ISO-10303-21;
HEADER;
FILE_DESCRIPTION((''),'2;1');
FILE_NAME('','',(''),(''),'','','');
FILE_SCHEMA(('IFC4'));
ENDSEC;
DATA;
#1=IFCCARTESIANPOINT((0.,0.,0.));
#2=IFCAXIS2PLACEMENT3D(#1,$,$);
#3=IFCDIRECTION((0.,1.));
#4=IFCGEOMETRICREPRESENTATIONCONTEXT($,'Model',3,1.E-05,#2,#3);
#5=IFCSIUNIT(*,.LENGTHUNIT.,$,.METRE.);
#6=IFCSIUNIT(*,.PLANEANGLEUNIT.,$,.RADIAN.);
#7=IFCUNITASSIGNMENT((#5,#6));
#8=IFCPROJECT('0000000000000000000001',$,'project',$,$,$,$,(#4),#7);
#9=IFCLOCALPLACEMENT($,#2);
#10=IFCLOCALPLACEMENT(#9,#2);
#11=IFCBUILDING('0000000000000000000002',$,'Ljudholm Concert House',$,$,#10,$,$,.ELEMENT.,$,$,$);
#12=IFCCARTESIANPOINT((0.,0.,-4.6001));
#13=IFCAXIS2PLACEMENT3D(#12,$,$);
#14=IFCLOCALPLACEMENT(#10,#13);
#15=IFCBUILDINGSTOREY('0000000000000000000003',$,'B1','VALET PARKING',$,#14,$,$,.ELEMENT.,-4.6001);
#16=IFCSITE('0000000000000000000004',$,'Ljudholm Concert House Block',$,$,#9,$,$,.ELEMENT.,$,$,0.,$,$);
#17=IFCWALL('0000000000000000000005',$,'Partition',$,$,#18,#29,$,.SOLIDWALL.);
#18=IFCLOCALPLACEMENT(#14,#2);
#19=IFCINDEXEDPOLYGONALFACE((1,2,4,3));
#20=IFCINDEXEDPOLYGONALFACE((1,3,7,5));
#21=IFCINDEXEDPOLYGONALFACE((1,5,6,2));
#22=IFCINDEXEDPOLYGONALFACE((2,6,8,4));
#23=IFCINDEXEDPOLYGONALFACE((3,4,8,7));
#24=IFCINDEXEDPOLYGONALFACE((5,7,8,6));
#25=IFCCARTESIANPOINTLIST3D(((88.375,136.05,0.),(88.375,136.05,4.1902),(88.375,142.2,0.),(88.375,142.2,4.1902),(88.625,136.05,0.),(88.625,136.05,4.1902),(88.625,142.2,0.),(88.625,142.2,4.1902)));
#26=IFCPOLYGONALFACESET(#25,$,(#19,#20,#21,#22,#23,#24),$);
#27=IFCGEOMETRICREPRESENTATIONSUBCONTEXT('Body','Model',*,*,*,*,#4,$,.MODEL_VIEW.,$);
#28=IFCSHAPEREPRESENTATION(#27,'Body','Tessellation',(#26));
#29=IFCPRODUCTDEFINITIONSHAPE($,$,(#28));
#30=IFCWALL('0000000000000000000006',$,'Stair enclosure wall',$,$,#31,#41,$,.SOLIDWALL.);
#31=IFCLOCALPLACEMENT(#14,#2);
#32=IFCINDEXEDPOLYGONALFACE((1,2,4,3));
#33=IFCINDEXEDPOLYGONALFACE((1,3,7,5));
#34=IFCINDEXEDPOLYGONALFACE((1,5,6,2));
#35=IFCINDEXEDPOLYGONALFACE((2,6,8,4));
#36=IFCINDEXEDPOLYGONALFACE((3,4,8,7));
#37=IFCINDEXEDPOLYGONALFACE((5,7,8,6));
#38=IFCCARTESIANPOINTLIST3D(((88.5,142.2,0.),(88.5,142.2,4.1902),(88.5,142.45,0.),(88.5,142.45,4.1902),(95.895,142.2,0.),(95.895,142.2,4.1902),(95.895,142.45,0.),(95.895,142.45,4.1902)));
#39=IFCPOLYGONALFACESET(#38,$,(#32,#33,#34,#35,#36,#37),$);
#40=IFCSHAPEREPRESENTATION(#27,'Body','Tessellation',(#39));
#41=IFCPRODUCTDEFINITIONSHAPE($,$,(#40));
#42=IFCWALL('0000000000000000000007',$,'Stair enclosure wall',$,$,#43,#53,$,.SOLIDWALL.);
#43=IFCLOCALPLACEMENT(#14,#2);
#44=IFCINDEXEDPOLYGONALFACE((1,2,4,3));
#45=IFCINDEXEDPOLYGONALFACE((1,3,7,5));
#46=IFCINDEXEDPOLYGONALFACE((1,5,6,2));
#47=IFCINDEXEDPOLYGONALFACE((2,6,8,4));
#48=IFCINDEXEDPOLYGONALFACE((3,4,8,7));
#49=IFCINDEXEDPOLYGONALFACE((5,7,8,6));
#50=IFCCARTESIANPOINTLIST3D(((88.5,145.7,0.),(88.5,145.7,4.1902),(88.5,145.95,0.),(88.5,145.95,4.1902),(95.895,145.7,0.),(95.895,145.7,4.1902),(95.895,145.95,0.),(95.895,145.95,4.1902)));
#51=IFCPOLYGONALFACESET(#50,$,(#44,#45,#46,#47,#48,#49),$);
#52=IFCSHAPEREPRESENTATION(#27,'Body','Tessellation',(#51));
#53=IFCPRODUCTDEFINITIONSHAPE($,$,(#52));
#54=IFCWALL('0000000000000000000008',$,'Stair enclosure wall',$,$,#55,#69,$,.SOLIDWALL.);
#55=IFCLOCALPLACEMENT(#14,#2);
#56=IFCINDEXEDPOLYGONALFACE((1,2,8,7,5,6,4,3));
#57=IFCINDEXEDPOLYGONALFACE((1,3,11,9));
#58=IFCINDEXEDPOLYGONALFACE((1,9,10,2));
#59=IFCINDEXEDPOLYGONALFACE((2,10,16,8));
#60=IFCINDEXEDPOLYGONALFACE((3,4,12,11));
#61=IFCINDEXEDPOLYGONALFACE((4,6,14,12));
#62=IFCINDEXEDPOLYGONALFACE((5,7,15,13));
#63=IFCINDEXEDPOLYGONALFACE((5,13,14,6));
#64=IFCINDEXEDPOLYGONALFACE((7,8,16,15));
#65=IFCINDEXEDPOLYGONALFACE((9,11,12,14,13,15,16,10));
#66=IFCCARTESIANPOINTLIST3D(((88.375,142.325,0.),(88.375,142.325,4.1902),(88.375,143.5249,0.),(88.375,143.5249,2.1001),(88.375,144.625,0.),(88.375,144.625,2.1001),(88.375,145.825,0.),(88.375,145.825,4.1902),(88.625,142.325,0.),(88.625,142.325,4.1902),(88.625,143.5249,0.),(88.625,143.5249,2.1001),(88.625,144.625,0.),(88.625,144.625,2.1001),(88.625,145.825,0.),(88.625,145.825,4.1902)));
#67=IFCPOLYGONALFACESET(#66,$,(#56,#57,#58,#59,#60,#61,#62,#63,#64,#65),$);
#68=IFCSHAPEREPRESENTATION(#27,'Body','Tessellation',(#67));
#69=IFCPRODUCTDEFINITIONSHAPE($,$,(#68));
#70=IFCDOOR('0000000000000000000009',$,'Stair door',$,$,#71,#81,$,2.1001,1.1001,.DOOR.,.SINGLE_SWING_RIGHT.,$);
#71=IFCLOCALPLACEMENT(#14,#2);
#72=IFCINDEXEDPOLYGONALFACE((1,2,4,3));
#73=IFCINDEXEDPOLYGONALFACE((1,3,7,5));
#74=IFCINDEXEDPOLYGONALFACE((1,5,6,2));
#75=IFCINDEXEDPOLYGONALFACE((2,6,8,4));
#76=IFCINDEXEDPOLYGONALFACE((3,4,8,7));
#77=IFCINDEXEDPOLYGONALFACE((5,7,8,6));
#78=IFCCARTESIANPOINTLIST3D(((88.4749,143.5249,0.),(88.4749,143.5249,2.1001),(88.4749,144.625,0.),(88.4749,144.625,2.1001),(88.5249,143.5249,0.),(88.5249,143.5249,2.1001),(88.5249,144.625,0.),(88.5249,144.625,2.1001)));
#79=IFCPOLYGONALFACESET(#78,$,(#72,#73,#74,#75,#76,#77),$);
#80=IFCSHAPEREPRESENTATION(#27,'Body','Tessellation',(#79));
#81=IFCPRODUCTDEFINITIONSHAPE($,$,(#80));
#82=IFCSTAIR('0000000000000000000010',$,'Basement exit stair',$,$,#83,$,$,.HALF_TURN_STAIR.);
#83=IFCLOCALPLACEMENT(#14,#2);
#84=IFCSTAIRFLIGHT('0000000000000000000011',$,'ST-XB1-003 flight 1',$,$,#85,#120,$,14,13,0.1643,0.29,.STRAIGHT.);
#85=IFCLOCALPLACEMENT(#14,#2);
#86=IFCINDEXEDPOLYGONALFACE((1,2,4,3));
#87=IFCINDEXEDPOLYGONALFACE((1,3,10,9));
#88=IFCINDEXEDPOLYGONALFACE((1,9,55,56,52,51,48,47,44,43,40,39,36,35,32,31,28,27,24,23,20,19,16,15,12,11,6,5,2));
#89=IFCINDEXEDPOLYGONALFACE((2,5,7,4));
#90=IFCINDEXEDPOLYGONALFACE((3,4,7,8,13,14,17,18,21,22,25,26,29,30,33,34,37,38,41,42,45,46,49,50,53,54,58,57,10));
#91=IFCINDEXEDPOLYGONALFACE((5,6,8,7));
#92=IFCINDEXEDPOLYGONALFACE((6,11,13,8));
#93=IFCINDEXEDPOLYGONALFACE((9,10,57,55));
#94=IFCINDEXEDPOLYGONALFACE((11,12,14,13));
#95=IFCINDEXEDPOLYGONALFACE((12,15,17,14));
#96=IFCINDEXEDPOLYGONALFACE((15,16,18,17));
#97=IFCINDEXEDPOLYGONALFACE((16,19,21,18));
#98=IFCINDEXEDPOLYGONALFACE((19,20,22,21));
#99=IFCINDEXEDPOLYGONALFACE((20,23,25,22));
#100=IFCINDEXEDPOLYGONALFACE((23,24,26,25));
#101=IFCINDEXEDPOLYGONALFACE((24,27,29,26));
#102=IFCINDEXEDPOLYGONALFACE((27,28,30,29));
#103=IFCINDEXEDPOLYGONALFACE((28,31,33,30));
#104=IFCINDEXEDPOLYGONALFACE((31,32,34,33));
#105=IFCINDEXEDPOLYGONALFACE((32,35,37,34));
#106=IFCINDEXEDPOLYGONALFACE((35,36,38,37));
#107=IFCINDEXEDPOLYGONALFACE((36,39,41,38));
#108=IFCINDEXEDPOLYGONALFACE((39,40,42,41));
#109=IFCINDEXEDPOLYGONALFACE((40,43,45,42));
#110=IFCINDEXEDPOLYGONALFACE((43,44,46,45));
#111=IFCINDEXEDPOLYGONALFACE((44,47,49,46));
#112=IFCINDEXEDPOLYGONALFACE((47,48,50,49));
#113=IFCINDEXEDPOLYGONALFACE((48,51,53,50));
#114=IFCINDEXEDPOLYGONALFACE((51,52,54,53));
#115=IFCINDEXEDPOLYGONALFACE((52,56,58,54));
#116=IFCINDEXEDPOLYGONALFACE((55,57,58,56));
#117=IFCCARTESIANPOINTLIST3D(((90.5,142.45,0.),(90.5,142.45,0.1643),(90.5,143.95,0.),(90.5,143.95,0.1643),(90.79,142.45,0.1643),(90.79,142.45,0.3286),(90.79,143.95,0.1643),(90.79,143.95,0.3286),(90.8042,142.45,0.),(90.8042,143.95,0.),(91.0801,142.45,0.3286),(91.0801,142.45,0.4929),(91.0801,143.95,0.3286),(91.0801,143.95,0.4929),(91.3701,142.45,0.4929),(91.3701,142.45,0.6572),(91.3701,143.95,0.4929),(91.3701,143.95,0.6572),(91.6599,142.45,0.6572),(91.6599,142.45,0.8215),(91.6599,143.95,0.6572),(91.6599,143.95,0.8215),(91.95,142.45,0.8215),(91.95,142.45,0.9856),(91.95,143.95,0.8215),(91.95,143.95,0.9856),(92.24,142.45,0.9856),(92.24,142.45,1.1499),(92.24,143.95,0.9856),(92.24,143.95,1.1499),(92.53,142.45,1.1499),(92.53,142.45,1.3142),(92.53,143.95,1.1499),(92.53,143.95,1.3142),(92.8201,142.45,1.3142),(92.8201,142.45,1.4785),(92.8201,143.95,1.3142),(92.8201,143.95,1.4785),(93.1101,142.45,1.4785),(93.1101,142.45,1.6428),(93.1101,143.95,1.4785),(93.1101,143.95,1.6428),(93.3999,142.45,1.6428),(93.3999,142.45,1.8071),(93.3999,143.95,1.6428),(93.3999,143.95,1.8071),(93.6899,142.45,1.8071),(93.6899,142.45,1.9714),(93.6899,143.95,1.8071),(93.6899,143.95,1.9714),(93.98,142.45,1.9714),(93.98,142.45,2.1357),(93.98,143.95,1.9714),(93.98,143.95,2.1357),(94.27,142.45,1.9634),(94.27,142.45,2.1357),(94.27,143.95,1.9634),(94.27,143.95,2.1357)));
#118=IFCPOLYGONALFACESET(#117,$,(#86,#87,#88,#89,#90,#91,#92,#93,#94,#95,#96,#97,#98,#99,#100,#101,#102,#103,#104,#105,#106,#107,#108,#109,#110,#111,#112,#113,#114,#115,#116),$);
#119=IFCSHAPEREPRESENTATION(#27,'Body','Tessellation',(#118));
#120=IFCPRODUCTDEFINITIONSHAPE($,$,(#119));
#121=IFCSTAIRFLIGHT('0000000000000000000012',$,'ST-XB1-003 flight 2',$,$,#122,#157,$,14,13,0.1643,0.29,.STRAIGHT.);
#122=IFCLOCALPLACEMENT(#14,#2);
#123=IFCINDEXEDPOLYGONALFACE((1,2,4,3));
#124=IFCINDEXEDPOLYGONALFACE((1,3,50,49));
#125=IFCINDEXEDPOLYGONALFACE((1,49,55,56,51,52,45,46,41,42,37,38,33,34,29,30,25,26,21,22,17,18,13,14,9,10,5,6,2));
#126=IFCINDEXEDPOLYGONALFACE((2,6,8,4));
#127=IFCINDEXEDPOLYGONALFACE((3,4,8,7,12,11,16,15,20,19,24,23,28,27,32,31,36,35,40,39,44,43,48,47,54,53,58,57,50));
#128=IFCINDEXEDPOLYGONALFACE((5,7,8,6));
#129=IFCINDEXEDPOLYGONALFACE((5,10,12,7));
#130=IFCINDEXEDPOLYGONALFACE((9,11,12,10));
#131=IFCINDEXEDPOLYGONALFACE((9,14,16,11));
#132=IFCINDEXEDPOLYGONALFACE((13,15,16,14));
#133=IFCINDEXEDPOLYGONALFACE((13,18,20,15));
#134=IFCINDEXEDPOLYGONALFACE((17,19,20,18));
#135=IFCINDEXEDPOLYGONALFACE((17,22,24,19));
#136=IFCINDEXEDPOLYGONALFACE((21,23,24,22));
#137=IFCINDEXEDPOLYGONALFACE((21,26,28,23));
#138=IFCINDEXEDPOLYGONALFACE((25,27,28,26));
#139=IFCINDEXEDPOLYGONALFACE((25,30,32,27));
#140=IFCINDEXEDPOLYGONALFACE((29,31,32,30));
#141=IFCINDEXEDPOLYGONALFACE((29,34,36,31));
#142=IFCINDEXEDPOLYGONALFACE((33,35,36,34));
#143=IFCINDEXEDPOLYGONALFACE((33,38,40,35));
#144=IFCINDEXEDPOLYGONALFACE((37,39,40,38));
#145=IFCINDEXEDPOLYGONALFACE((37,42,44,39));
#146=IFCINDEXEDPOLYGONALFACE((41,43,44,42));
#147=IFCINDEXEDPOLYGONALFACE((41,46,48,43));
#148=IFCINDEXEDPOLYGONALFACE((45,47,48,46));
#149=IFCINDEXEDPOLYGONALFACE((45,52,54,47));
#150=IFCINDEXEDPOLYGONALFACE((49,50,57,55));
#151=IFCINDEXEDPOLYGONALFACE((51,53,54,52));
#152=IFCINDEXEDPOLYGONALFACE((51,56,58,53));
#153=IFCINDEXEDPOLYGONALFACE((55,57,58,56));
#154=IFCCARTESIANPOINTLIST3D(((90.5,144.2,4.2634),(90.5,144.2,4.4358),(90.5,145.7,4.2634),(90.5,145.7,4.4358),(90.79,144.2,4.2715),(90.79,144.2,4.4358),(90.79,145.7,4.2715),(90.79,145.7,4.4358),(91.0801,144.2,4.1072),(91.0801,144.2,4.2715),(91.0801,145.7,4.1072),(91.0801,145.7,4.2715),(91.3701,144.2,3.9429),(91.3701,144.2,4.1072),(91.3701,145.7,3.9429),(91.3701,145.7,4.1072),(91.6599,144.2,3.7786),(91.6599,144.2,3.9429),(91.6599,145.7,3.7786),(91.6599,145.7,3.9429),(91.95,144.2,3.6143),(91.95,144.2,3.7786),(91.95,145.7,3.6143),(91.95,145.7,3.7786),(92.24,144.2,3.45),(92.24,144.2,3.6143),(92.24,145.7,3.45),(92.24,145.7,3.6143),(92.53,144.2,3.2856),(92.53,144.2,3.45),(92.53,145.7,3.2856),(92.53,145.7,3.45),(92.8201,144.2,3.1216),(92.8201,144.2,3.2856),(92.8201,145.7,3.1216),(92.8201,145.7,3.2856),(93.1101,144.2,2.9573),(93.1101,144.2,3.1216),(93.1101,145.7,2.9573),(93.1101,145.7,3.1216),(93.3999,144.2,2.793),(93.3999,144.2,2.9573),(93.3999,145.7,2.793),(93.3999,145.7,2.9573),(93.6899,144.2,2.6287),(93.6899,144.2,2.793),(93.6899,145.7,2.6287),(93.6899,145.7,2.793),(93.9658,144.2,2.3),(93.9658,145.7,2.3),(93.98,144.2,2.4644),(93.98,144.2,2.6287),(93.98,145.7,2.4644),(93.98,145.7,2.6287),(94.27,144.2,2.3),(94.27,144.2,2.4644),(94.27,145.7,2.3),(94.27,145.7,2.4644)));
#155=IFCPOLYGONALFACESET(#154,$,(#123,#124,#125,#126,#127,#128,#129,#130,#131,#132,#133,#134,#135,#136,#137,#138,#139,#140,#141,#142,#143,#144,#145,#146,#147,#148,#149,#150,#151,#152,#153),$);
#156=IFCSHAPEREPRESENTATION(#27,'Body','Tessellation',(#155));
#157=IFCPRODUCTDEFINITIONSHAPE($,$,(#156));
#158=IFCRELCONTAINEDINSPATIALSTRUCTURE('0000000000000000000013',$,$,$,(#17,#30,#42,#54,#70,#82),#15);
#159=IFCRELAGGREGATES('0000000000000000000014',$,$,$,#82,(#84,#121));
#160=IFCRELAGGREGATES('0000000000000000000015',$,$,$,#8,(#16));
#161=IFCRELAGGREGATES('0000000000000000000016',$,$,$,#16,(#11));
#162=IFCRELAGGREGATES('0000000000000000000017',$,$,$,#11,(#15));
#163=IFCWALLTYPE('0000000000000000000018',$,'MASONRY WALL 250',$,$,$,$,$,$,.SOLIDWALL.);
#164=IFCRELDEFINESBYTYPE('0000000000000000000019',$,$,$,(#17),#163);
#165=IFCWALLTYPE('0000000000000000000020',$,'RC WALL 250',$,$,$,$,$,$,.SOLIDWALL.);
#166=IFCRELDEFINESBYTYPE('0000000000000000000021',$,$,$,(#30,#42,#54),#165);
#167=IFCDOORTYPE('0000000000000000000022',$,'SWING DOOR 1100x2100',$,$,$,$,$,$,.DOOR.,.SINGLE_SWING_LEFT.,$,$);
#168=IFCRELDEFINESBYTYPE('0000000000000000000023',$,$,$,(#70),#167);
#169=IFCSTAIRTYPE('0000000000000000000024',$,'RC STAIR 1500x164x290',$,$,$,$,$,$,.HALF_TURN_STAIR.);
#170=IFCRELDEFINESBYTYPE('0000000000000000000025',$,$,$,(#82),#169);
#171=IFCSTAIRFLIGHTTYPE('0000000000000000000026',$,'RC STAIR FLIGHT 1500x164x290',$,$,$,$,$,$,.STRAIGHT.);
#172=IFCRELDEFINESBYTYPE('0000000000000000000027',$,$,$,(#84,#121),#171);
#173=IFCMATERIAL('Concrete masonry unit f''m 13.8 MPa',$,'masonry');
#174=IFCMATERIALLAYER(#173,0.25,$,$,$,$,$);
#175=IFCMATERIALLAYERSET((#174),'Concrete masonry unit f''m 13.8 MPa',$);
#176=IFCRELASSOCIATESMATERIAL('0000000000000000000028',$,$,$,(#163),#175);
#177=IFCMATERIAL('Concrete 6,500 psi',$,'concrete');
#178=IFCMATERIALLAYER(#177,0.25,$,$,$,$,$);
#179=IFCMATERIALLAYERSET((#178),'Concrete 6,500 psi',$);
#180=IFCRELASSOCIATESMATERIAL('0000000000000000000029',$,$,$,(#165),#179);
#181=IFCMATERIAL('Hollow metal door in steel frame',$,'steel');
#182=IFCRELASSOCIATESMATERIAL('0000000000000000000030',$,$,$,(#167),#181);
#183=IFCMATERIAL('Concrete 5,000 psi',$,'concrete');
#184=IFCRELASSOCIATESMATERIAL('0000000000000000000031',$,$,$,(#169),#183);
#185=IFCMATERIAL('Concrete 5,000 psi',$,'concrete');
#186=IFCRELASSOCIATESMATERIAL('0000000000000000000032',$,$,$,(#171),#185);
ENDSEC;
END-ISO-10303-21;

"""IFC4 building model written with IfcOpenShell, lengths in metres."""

from ifc_helpers import new_model, si_unit, direction, frame, frame_2d, origin, place, context, subcontext, project, spatial, polyline, rectangle, outline, extrude, material, layer, layer_set, type_object, element, fill, aggregate, save


model = new_model("IFC4")

# Units and contexts
model_context = context("Model", 3, precision=1e-05, world=origin(), true_north=direction((0.0, 1.0)))
body_context = subcontext(model_context, "Body", "Model", "MODEL_VIEW")
ifc_project = project(units=[si_unit("LENGTHUNIT", "METRE"), si_unit("PLANEANGLEUNIT", "RADIAN")], contexts=[model_context])

# Site, building, storey
site_placement = place(None, origin())
site = spatial("IfcSite", under=ifc_project, at=site_placement, Name="Ljudholm Concert House Block", CompositionType="ELEMENT", RefElevation=0.0)
building_placement = place(site_placement, origin())
building = spatial("IfcBuilding", under=site, at=building_placement, Name="Ljudholm Concert House", CompositionType="ELEMENT")
storey_placement = place(building_placement, frame((0.0, 0.0, -4.6001)))
storey = spatial("IfcBuildingStorey", under=building, at=storey_placement, Name="B1", Description="VALET PARKING", CompositionType="ELEMENT", Elevation=-4.6001)

# Walls
ifc_material_1 = material(Name="Concrete masonry unit f'm 13.8 MPa", Category="masonry")
ifc_layer_1 = layer(ifc_material_1, 0.25)
ifc_layer_set_1 = layer_set([ifc_layer_1], Name="Concrete masonry unit f'm 13.8 MPa")
wall_type_1 = type_object("IfcWallType", Name="MASONRY WALL 250", PredefinedType="SOLIDWALL", material=ifc_layer_set_1)
wall_1_placement = place(storey_placement, frame((88.5, 136.05, 0.0), z_axis=(0.0, 0.0, 1.0), x_axis=(0.0, 1.0, 0.0)))
element("IfcWall", 1, at=wall_1_placement, inside=storey, type_object=wall_type_1, Name="Partition", PredefinedType="SOLIDWALL", context=body_context, shape_type="SweptSolid", body=[
    extrude(rectangle(XDim=6.1499, YDim=0.25, at=frame_2d((3.075, 0.0))), origin(), (0.0, 0.0, 1.0), 4.1902),
])
ifc_material_2 = material(Name="Concrete 6,500 psi", Category="concrete")
ifc_layer_2 = layer(ifc_material_2, 0.25)
ifc_layer_set_2 = layer_set([ifc_layer_2], Name="Concrete 6,500 psi")
wall_type_2 = type_object("IfcWallType", Name="RC WALL 250", PredefinedType="SOLIDWALL", material=ifc_layer_set_2)
for number, where, z_axis, x_axis, name in (
    (2, (88.5, 142.325, 0.0), (0.0, 0.0, 1.0), (1.0, 0.0, 0.0), "Stair enclosure wall"),
    (3, (88.5, 145.825, 0.0), (0.0, 0.0, 1.0), (1.0, 0.0, 0.0), "Stair enclosure wall"),
):
    element("IfcWall", number, at=place(storey_placement, frame(where, z_axis=z_axis, x_axis=x_axis)), inside=storey, type_object=wall_type_2, Name=name, PredefinedType="SOLIDWALL", context=body_context, shape_type="SweptSolid", body=[
        extrude(rectangle(XDim=7.395, YDim=0.25, at=frame_2d((3.6975, 0.0))), origin(), (0.0, 0.0, 1.0), 4.1902),
    ])

# Wall, opening, door
wall_2_placement = place(storey_placement, frame((88.5, 142.325, 0.0), z_axis=(0.0, 0.0, 1.0), x_axis=(0.0, 1.0, 0.0)))
wall_2 = element("IfcWall", 4, at=wall_2_placement, inside=storey, type_object=wall_type_2, Name="Stair enclosure wall", PredefinedType="SOLIDWALL", context=body_context, shape_type="SweptSolid", body=[
    extrude(rectangle(XDim=3.5, YDim=0.25, at=frame_2d((1.75, 0.0))), origin(), (0.0, 0.0, 1.0), 4.1902),
])
opening_placement = place(wall_2_placement, frame((1.2, 0.0, 0.0)))
opening = element("IfcOpeningElement", 5, at=opening_placement, cuts=wall_2, PredefinedType="OPENING", context=body_context, shape_type="SweptSolid", body=[
    extrude(rectangle(XDim=1.1001, YDim=2.1001, at=frame_2d((0.55, 1.05))), frame((0.0, 0.135, 0.0), z_axis=(0.0, -1.0, 0.0), x_axis=(1.0, 0.0, 0.0)), (0.0, 0.0, 1.0), 0.27),
])
ifc_material_3 = material(Name="Hollow metal door in steel frame", Category="steel")
door_type = type_object("IfcDoorType", Name="SWING DOOR 1100x2100", OperationType="SINGLE_SWING_LEFT", PredefinedType="DOOR", material=ifc_material_3)
door_placement = place(opening_placement, frame((1.1001, 0.0, 0.0), z_axis=(0.0, 0.0, 1.0), x_axis=(-1.0, 0.0, 0.0)))
door = element("IfcDoor", 6, at=door_placement, inside=storey, type_object=door_type, Name="Stair door", OperationType="SINGLE_SWING_RIGHT", OverallHeight=2.1001, OverallWidth=1.1001, PredefinedType="DOOR", context=body_context, shape_type="SweptSolid", body=[
    extrude(rectangle(XDim=1.1001, YDim=2.1001, at=frame_2d((0.55, 1.05))), frame((0.0, 0.0249, 0.0), z_axis=(0.0, -1.0, 0.0), x_axis=(1.0, 0.0, 0.0)), (0.0, 0.0, 1.0), 0.05),
])
fill(opening, door)

# Stair, stair flights
ifc_material_4 = material(Name="Concrete 5,000 psi", Category="concrete")
stair_type = type_object("IfcStairType", Name="RC STAIR 1500x164x290", PredefinedType="HALF_TURN_STAIR", material=ifc_material_4)
stair_placement = place(storey_placement, origin())
stair = element("IfcStair", 7, at=stair_placement, inside=storey, type_object=stair_type, Name="Basement exit stair", PredefinedType="HALF_TURN_STAIR")
ifc_material_5 = material(Name="Concrete 5,000 psi", Category="concrete")
stair_flight_type = type_object("IfcStairFlightType", Name="RC STAIR FLIGHT 1500x164x290", PredefinedType="STRAIGHT", material=ifc_material_5)
stair_flight_1_placement = place(storey_placement, frame((90.5, 143.2, 0.0), z_axis=(0.0, 0.0, 1.0), x_axis=(1.0, 0.0, 0.0)))
stair_flight_1 = element("IfcStairFlight", 8, at=stair_flight_1_placement, type_object=stair_flight_type, Name="ST-XB1-003 flight 1", NumberOfRisers=14, NumberOfTreads=13, PredefinedType="STRAIGHT", RiserHeight=0.1643, TreadLength=0.29, context=body_context, shape_type="SweptSolid", body=[
    extrude(outline(polyline([(0.0, 0.0), (0.0, 0.1643), (0.29, 0.1643), (0.29, 0.3286), (0.5801, 0.3286), (0.5801, 0.4929), (0.8701, 0.4929), (0.8701, 0.6572), (1.1599, 0.6572), (1.1599, 0.8215), (1.45, 0.8215), (1.45, 0.9856), (1.74, 0.9856), (1.74, 1.1499), (2.03, 1.1499), (2.03, 1.3142), (2.3201, 1.3142), (2.3201, 1.4785), (2.6101, 1.4785), (2.6101, 1.6428), (2.8999, 1.6428), (2.8999, 1.8071), (3.1899, 1.8071), (3.1899, 1.9714), (3.48, 1.9714), (3.48, 2.1357), (3.77, 2.1357), (3.77, 2.3), (3.77, 1.9634), (0.3042, 0.0), (0.0, 0.0)])), frame((0.0, 0.75, 0.0), z_axis=(0.0, -1.0, 0.0), x_axis=(1.0, 0.0, 0.0)), (0.0, 0.0, 1.0), 1.5),
])
stair_flight_2_placement = place(storey_placement, frame((94.27, 144.95, 2.3), z_axis=(0.0, 0.0, 1.0), x_axis=(-1.0, 0.0, 0.0)))
stair_flight_2 = element("IfcStairFlight", 9, at=stair_flight_2_placement, type_object=stair_flight_type, Name="ST-XB1-003 flight 2", NumberOfRisers=14, NumberOfTreads=13, PredefinedType="STRAIGHT", RiserHeight=0.1643, TreadLength=0.29, context=body_context, shape_type="SweptSolid", body=[
    extrude(outline(polyline([(0.0, 0.0), (0.0, 0.1643), (0.29, 0.1643), (0.29, 0.3286), (0.5801, 0.3286), (0.5801, 0.4929), (0.8701, 0.4929), (0.8701, 0.6572), (1.1599, 0.6572), (1.1599, 0.8215), (1.45, 0.8215), (1.45, 0.9856), (1.74, 0.9856), (1.74, 1.1499), (2.03, 1.1499), (2.03, 1.3142), (2.3201, 1.3142), (2.3201, 1.4785), (2.6101, 1.4785), (2.6101, 1.6428), (2.8999, 1.6428), (2.8999, 1.8071), (3.1899, 1.8071), (3.1899, 1.9714), (3.48, 1.9714), (3.48, 2.1357), (3.77, 2.1357), (3.77, 2.3), (3.77, 1.9634), (0.3042, 0.0), (0.0, 0.0)])), frame((0.0, 0.75, 0.0), z_axis=(0.0, -1.0, 0.0), x_axis=(1.0, 0.0, 0.0)), (0.0, 0.0, 1.0), 1.5),
])
aggregate(stair, [stair_flight_1, stair_flight_2])

save(model, "model.ifc")
